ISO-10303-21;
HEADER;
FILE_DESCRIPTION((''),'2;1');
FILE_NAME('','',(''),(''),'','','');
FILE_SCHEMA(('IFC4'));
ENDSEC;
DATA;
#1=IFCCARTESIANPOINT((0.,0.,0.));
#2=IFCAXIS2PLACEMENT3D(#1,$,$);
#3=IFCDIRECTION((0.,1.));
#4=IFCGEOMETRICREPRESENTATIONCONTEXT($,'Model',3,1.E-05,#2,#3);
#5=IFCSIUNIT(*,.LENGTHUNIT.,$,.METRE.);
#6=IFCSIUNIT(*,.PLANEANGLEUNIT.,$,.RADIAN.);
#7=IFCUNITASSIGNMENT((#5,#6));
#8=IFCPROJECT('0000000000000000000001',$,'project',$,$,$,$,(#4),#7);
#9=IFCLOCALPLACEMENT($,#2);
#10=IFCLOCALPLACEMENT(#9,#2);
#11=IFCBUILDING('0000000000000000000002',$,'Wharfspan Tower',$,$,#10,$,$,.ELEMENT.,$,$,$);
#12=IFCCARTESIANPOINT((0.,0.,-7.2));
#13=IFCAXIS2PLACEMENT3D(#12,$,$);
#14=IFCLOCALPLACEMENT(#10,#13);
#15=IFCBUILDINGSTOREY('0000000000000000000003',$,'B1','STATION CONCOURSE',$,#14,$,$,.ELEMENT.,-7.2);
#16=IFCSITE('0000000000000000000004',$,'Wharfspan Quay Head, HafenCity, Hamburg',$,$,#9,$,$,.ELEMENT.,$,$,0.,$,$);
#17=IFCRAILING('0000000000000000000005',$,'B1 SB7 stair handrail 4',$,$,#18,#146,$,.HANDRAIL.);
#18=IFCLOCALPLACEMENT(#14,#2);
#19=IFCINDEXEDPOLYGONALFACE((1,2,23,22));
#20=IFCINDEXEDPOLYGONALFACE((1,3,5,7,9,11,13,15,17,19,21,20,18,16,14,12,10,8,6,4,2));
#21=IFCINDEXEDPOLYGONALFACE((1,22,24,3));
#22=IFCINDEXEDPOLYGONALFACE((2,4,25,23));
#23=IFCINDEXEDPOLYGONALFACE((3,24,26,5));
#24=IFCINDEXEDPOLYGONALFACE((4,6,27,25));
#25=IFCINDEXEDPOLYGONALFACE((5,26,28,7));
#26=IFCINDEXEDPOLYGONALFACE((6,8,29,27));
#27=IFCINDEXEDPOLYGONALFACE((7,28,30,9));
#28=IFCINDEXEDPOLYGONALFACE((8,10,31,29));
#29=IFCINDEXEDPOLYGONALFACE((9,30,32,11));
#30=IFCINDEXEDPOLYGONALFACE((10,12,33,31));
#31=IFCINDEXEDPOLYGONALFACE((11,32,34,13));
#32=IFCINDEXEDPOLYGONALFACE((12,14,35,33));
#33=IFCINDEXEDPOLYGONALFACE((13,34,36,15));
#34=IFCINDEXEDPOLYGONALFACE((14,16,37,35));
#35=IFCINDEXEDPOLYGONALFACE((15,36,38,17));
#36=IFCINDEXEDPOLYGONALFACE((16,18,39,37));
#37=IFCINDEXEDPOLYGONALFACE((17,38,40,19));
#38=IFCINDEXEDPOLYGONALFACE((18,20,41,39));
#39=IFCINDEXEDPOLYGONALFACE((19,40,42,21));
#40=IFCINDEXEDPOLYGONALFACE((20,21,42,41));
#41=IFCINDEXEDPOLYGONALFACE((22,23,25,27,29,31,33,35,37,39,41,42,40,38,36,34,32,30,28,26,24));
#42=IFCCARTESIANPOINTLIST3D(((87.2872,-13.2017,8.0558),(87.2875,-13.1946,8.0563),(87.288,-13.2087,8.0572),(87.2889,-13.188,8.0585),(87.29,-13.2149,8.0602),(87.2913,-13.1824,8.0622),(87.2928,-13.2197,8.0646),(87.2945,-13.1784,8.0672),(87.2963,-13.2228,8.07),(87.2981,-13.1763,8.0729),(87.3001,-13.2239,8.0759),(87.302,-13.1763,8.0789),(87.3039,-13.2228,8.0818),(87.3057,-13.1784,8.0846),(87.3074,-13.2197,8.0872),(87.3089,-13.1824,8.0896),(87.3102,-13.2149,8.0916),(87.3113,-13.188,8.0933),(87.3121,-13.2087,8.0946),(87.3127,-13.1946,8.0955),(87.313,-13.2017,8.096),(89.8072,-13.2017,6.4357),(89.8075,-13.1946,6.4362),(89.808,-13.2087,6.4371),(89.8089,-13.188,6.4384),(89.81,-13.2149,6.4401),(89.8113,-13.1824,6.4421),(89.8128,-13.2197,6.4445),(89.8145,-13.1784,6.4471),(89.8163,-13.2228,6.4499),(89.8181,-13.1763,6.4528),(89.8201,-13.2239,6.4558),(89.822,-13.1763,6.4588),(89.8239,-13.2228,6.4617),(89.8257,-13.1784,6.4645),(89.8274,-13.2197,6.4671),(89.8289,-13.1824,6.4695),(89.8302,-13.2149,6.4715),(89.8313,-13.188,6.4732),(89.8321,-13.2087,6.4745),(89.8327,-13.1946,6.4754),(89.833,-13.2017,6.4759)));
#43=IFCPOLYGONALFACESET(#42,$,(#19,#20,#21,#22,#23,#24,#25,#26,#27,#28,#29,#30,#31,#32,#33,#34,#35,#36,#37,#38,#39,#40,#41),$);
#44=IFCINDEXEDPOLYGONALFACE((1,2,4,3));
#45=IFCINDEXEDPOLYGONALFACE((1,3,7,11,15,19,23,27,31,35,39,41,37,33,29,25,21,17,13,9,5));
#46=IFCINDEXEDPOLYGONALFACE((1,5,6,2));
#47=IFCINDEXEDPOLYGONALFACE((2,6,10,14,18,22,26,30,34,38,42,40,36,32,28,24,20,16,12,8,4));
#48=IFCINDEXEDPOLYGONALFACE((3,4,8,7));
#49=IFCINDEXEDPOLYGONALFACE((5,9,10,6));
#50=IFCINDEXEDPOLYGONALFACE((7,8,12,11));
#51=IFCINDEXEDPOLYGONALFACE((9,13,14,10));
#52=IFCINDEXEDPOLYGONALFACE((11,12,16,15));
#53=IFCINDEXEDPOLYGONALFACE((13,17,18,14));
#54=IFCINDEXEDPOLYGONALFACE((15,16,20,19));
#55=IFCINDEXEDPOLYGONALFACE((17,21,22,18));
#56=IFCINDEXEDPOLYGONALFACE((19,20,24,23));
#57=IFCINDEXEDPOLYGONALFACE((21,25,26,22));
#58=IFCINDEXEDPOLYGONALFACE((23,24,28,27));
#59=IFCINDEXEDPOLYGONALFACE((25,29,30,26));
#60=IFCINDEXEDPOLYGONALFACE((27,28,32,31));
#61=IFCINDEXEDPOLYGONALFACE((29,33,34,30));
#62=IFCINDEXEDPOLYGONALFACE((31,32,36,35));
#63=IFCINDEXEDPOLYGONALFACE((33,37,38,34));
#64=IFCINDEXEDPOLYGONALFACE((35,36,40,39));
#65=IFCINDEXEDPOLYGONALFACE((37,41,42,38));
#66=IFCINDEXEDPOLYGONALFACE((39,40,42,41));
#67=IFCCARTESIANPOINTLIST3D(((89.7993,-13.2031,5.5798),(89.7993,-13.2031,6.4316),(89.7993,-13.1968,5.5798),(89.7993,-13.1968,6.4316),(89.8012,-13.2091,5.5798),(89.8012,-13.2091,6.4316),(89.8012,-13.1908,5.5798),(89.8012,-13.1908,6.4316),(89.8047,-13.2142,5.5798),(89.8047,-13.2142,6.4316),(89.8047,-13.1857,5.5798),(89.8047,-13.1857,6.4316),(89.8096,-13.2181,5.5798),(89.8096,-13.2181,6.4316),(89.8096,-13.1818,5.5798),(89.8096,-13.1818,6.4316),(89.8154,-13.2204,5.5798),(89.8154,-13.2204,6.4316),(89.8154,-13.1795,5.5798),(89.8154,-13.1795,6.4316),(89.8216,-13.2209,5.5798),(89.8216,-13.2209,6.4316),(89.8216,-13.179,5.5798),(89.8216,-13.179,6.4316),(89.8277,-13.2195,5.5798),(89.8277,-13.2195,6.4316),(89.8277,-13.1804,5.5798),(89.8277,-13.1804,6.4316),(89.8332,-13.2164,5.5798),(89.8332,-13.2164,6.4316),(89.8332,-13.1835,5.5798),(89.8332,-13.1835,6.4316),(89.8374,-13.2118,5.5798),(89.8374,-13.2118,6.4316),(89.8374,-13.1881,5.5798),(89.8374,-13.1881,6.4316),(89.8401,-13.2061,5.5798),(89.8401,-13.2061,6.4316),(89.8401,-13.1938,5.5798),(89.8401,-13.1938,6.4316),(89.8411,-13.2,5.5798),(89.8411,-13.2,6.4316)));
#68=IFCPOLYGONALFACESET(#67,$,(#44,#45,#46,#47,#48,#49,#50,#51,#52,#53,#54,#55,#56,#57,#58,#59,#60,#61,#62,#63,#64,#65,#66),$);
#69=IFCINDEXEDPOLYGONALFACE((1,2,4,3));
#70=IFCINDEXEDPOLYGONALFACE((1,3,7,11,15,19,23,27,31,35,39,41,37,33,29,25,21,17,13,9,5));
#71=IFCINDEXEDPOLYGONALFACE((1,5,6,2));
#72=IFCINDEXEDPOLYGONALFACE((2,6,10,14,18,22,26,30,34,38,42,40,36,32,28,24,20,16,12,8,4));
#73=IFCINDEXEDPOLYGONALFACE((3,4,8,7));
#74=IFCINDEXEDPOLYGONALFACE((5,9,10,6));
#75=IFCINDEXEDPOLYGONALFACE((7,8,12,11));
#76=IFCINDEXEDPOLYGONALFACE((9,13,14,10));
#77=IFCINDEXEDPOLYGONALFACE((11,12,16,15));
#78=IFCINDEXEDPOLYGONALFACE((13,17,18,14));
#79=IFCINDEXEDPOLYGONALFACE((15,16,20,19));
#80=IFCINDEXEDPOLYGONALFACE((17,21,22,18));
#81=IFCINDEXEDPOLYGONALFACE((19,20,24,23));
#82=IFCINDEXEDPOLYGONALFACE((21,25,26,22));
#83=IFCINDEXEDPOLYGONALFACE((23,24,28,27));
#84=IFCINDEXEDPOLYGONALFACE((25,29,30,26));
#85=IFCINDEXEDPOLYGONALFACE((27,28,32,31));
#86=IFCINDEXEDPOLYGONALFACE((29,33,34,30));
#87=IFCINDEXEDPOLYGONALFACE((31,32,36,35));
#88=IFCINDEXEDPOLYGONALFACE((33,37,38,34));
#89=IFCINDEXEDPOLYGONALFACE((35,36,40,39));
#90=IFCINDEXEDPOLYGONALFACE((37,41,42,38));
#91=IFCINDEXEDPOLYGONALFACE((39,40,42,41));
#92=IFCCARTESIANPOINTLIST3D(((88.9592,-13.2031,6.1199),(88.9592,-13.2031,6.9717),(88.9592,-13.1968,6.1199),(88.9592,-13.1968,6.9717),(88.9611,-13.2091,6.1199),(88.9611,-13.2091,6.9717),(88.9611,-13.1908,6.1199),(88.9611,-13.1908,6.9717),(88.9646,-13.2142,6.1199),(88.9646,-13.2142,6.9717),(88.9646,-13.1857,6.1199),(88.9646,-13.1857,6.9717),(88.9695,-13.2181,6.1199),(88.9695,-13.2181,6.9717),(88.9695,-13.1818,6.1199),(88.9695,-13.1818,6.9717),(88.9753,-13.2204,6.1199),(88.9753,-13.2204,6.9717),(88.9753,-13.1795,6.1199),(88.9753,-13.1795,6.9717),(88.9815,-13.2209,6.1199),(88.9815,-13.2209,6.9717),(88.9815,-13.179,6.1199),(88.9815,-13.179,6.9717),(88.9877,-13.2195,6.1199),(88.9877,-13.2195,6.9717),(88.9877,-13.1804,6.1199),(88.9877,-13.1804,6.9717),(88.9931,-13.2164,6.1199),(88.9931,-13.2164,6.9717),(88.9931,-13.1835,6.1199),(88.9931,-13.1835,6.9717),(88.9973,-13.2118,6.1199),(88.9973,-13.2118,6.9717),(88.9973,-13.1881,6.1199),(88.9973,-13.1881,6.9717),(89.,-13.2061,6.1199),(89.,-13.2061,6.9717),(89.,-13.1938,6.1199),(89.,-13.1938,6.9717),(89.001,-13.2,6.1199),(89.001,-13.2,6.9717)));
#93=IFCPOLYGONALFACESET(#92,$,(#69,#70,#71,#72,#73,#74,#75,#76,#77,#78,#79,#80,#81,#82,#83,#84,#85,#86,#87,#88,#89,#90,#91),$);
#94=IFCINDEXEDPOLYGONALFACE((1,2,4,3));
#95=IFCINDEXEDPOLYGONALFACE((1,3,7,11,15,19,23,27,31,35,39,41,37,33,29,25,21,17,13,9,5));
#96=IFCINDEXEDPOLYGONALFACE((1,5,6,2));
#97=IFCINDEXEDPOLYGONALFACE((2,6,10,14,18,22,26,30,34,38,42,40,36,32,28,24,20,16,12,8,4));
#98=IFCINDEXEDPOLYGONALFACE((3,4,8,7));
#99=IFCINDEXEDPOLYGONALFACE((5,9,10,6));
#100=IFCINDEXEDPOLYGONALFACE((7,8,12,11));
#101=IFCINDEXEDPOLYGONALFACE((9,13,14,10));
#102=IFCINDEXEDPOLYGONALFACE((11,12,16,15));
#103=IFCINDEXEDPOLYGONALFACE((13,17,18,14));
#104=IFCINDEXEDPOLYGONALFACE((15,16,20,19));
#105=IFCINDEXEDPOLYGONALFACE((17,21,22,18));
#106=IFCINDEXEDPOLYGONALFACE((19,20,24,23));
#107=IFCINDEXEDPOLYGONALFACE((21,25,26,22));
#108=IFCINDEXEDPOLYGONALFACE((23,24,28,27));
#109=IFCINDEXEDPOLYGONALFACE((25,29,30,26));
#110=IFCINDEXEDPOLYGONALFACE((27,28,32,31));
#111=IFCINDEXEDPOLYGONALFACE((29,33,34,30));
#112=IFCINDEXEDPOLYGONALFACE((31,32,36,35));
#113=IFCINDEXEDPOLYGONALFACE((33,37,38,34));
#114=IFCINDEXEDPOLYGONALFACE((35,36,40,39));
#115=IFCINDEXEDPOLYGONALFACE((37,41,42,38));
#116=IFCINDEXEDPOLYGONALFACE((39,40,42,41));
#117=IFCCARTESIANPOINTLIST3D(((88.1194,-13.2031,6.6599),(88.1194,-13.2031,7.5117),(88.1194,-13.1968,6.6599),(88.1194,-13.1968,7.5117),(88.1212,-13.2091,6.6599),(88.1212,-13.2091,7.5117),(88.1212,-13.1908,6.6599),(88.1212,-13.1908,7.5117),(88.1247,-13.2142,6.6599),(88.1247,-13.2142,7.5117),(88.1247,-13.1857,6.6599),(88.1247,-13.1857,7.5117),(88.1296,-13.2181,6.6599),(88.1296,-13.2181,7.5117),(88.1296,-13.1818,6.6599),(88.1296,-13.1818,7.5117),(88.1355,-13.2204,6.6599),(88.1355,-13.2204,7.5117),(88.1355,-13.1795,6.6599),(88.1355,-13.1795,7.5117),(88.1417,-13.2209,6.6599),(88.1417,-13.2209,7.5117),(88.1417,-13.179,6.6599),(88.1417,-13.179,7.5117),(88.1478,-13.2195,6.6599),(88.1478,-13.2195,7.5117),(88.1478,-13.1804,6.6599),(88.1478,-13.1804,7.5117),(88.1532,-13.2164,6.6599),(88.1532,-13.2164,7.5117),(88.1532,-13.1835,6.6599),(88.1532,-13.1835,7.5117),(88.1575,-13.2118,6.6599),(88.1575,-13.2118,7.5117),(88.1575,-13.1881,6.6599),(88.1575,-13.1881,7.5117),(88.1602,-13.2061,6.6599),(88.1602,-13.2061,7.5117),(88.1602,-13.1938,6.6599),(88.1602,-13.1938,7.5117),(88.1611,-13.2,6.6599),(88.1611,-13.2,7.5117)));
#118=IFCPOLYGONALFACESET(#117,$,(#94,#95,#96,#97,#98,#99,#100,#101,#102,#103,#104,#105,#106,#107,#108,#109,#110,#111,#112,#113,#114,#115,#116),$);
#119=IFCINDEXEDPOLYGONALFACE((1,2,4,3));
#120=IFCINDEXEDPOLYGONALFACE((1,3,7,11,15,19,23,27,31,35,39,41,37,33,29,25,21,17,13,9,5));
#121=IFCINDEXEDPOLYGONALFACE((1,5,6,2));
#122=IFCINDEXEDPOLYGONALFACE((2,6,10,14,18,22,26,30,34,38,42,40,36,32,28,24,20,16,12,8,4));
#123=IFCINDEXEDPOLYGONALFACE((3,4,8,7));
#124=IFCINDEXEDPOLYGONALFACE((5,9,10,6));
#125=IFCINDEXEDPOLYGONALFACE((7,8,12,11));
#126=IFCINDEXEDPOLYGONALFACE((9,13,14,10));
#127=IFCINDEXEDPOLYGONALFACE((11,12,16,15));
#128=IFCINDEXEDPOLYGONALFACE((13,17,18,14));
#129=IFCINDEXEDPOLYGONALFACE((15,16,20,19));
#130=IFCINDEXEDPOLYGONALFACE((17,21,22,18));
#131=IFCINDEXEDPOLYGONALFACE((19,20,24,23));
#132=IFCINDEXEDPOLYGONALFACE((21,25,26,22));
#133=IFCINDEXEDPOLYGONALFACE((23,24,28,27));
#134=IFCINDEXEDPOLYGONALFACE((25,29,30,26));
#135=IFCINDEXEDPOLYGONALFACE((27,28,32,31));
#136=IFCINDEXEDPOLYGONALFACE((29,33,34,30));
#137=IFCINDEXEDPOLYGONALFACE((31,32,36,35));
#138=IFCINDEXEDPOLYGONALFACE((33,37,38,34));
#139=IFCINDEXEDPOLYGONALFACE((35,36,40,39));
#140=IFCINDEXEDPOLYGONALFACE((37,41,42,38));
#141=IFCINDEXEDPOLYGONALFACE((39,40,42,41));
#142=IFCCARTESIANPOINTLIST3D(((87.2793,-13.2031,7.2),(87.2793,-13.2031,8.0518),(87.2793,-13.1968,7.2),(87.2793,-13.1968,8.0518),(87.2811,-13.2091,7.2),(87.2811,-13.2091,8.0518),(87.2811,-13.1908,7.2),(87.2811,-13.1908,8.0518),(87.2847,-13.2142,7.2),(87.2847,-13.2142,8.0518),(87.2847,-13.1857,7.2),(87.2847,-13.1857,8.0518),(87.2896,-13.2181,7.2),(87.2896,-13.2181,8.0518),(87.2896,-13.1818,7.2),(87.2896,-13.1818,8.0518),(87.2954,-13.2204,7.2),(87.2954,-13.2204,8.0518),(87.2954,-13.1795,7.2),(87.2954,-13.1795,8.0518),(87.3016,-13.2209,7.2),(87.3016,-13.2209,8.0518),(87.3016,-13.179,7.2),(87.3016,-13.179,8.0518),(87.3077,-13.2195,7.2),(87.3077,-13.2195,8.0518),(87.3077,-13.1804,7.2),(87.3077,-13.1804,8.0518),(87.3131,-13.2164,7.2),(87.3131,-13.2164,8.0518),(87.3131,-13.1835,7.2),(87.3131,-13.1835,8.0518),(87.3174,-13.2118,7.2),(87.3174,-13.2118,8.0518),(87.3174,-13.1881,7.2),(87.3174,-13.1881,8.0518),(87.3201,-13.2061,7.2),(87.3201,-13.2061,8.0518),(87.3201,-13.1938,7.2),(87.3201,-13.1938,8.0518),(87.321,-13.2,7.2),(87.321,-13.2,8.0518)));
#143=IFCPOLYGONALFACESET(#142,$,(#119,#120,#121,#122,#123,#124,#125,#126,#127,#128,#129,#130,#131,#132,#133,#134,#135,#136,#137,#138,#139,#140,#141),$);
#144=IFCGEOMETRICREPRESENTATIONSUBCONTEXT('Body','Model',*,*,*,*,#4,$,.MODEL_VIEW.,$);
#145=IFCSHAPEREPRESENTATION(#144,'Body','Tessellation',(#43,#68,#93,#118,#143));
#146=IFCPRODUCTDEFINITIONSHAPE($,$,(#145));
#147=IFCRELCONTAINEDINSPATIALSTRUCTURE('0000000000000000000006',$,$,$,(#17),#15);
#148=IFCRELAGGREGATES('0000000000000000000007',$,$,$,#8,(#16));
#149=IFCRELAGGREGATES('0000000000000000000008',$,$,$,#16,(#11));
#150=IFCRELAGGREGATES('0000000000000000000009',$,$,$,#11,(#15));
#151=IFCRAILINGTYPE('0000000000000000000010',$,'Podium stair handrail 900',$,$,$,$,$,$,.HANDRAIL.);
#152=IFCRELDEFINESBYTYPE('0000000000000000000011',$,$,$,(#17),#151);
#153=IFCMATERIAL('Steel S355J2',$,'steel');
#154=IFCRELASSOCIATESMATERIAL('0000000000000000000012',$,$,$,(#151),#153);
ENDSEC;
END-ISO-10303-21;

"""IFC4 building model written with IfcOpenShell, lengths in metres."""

from ifc_helpers import new_model, si_unit, direction, frame, origin, origin_2d, place, context, subcontext, project, spatial, circle, extrude, material, type_object, element, save


model = new_model("IFC4")

# Units and contexts
model_context = context("Model", 3, precision=1e-05, world=origin(), true_north=direction((0.0, 1.0)))
body_context = subcontext(model_context, "Body", "Model", "MODEL_VIEW")
ifc_project = project(units=[si_unit("LENGTHUNIT", "METRE"), si_unit("PLANEANGLEUNIT", "RADIAN")], contexts=[model_context])

# Site, building, storey
site_placement = place(None, origin())
site = spatial("IfcSite", under=ifc_project, at=site_placement, Name="Wharfspan Quay Head, HafenCity, Hamburg", CompositionType="ELEMENT", RefElevation=0.0)
building_placement = place(site_placement, origin())
building = spatial("IfcBuilding", under=site, at=building_placement, Name="Wharfspan Tower", CompositionType="ELEMENT")
storey_placement = place(building_placement, frame((0.0, 0.0, -7.2)))
storey = spatial("IfcBuildingStorey", under=building, at=storey_placement, Name="B1", Description="STATION CONCOURSE", CompositionType="ELEMENT", Elevation=-7.2)

# Railing
ifc_material_1 = material(Name="Steel S355J2", Category="steel")
railing_type_1 = type_object("IfcRailingType", Name="Podium stair handrail 900", PredefinedType="HANDRAIL", material=ifc_material_1)
railing_1_placement = place(storey_placement, frame((89.8201, -13.2, 5.5798)))
element("IfcRailing", 1, at=railing_1_placement, inside=storey, type_object=railing_type_1, Name="B1 SB7 stair handrail 4", PredefinedType="HANDRAIL", context=body_context, shape_type="SweptSolid", body=[
    extrude(circle(Radius=0.0239, at=origin_2d()), frame((0.0, 0.0, 0.876), z_axis=(-0.841163, 0.0, 0.540782), x_axis=(0.0, -1.0, 0.0)), (0.0, 0.0, 1.0), 2.9958),
    extrude(circle(Radius=0.021, at=origin_2d()), origin(), (0.0, 0.0, 1.0), 0.8518),
    extrude(circle(Radius=0.021, at=origin_2d()), frame((-0.8401, 0.0, 0.54)), (0.0, 0.0, 1.0), 0.8518),
    extrude(circle(Radius=0.021, at=origin_2d()), frame((-1.6799, 0.0, 1.0801)), (0.0, 0.0, 1.0), 0.8518),
    extrude(circle(Radius=0.021, at=origin_2d()), frame((-2.52, 0.0, 1.6201)), (0.0, 0.0, 1.0), 0.8518),
])

save(model, "model.ifc")
